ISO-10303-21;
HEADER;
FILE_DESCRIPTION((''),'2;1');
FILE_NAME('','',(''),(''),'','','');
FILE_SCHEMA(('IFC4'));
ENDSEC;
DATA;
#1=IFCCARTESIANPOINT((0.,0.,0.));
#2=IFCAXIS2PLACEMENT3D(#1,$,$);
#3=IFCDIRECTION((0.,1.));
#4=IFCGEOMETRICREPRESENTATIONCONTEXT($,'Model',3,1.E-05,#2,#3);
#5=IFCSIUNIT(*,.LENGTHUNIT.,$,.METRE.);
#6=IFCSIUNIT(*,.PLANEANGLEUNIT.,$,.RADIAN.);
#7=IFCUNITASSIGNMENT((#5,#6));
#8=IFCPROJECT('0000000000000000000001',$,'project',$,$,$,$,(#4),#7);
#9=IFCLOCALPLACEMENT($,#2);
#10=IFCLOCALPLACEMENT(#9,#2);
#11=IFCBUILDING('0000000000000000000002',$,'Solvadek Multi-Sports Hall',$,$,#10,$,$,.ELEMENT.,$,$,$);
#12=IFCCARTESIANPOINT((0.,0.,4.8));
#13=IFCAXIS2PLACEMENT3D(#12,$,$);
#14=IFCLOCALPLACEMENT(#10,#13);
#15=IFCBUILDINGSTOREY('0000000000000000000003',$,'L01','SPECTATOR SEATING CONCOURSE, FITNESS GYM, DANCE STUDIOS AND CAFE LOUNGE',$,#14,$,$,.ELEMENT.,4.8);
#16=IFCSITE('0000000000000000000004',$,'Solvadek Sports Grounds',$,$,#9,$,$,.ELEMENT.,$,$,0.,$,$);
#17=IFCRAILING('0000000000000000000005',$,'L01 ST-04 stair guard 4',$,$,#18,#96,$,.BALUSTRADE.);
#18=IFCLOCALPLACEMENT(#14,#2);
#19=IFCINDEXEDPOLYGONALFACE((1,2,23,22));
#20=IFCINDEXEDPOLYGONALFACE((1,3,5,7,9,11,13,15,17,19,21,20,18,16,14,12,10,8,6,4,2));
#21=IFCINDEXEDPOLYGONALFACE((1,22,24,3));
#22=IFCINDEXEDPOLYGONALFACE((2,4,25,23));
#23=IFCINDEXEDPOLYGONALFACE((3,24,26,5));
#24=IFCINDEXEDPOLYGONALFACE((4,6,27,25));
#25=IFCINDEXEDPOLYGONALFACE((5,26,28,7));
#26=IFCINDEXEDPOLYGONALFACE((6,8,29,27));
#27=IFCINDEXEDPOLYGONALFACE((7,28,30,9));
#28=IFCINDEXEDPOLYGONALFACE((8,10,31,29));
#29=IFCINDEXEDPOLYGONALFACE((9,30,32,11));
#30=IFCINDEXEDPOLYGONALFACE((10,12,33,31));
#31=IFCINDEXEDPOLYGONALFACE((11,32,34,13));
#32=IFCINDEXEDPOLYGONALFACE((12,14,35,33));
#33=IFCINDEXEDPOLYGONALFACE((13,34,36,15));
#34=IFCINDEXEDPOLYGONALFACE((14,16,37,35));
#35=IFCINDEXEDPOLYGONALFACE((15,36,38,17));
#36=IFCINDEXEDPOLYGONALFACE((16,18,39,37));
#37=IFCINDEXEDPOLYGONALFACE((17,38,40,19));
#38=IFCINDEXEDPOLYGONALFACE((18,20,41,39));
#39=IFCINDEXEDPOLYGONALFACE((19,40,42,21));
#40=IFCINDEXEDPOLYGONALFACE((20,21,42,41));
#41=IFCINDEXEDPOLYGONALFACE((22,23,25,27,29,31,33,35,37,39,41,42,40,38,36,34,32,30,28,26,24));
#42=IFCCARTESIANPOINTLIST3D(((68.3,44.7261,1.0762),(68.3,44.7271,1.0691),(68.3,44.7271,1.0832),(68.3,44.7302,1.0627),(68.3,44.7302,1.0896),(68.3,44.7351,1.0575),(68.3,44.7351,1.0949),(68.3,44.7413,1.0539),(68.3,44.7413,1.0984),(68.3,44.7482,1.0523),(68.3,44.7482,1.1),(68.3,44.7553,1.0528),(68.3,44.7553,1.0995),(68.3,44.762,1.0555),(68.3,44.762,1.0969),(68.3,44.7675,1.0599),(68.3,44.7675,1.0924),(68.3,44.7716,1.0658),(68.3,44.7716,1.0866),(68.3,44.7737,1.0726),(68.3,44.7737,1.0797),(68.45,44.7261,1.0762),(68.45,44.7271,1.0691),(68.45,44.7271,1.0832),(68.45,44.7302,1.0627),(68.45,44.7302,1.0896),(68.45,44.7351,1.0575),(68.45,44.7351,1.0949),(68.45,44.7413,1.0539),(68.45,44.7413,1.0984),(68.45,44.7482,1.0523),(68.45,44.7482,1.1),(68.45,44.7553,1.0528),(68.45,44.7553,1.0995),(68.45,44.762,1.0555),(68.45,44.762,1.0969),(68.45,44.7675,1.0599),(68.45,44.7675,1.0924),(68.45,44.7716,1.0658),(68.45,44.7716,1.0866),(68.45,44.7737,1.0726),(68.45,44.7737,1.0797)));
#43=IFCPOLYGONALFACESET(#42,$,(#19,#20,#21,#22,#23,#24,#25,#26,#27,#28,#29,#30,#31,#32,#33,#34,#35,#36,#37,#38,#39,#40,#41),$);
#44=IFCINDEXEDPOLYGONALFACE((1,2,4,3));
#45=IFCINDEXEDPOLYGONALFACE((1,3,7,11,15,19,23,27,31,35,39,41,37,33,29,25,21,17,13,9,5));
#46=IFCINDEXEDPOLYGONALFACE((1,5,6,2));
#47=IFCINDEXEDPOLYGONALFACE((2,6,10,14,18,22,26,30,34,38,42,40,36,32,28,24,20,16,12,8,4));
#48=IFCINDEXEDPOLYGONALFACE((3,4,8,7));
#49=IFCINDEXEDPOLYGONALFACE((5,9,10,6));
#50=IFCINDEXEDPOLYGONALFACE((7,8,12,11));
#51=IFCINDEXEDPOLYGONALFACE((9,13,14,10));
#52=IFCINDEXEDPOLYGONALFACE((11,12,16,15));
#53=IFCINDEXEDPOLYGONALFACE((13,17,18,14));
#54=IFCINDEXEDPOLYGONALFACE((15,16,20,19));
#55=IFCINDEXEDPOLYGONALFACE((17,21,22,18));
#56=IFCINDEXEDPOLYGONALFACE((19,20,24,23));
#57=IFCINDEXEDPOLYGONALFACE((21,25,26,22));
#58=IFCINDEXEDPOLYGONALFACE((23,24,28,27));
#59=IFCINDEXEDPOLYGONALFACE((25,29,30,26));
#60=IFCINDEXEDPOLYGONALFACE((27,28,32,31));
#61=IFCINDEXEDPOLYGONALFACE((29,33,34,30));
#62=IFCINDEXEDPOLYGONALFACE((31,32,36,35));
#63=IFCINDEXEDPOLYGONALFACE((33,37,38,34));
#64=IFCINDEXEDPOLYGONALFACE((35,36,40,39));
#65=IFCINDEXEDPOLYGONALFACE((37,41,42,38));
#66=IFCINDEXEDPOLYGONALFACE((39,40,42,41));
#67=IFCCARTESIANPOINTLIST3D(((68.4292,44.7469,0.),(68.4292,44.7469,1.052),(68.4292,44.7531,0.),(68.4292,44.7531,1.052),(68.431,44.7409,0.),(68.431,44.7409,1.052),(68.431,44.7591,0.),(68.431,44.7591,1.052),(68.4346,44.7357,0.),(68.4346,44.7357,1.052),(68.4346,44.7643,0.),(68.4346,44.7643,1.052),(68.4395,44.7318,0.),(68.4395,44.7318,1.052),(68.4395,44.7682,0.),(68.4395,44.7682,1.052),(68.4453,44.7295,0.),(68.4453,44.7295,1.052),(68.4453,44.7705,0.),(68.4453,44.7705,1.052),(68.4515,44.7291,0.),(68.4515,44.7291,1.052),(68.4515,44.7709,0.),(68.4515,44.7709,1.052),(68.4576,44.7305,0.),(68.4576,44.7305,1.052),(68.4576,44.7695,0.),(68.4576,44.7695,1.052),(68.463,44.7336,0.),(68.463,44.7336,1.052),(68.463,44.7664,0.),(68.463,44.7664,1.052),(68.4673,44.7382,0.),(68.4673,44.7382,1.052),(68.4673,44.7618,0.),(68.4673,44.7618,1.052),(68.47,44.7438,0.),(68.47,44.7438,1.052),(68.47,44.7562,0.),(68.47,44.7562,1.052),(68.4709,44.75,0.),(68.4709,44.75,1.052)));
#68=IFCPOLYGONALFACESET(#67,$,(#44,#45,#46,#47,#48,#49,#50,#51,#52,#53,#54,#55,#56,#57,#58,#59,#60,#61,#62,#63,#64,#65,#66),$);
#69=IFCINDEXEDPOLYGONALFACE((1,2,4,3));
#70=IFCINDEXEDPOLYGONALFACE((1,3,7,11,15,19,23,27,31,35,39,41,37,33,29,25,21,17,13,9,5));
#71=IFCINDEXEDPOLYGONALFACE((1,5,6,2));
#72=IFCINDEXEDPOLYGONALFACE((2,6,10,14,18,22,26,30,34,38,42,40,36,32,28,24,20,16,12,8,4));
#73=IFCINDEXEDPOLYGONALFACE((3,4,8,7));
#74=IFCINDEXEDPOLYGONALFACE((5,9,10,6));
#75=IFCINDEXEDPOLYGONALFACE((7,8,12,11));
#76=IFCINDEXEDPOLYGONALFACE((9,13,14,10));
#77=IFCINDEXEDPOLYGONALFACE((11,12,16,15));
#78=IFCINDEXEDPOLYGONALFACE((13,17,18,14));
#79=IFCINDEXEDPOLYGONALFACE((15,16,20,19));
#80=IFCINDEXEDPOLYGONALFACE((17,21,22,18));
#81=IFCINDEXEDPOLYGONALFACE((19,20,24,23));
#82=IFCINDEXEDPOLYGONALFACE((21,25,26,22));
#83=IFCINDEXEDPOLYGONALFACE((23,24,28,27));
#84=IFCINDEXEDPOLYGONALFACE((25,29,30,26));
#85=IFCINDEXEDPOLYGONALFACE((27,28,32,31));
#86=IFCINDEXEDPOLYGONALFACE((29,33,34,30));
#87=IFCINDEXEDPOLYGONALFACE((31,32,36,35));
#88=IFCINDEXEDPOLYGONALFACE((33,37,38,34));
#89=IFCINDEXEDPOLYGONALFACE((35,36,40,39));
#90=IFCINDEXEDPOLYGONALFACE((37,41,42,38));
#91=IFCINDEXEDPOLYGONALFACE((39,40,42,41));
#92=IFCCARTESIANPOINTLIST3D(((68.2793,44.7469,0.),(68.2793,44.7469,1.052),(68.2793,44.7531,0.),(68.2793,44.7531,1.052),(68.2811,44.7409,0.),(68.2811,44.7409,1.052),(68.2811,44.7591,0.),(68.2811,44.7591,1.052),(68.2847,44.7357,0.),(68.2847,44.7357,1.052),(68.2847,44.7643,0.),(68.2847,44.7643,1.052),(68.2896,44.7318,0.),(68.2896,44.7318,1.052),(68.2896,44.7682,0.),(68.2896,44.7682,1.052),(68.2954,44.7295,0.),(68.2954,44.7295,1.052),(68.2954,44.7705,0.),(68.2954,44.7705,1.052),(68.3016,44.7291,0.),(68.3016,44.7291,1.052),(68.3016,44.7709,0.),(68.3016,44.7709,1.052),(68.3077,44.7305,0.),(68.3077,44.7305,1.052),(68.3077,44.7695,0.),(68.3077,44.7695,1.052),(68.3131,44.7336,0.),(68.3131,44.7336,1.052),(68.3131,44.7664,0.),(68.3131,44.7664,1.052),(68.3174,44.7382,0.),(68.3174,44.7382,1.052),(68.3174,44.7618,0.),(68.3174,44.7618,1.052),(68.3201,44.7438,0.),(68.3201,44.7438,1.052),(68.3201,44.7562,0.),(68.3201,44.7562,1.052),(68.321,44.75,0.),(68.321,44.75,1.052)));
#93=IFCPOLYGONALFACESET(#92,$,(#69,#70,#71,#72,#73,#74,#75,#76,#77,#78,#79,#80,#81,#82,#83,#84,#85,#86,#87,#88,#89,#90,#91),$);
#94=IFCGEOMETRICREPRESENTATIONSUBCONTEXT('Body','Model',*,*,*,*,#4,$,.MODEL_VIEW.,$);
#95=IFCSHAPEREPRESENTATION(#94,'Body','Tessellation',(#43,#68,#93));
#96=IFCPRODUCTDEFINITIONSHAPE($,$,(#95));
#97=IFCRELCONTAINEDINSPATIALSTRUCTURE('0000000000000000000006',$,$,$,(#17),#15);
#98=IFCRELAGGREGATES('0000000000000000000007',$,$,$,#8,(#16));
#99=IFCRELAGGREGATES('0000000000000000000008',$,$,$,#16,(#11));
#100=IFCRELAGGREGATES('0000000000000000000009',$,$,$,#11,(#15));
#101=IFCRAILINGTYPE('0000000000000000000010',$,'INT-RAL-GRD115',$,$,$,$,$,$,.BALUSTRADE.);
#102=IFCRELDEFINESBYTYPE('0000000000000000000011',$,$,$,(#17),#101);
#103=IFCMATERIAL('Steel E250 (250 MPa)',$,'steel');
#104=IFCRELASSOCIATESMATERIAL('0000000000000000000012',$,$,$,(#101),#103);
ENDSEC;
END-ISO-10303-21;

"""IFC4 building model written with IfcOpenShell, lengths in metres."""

from ifc_helpers import new_model, si_unit, direction, frame, origin, origin_2d, place, context, subcontext, project, spatial, circle, extrude, material, type_object, element, save


model = new_model("IFC4")

# Units and contexts
model_context = context("Model", 3, precision=1e-05, world=origin(), true_north=direction((0.0, 1.0)))
body_context = subcontext(model_context, "Body", "Model", "MODEL_VIEW")
ifc_project = project(units=[si_unit("LENGTHUNIT", "METRE"), si_unit("PLANEANGLEUNIT", "RADIAN")], contexts=[model_context])

# Site, building, storey
site_placement = place(None, origin())
site = spatial("IfcSite", under=ifc_project, at=site_placement, Name="Solvadek Sports Grounds", CompositionType="ELEMENT", RefElevation=0.0)
building_placement = place(site_placement, origin())
building = spatial("IfcBuilding", under=site, at=building_placement, Name="Solvadek Multi-Sports Hall", CompositionType="ELEMENT")
storey_placement = place(building_placement, frame((0.0, 0.0, 4.8)))
storey = spatial("IfcBuildingStorey", under=building, at=storey_placement, Name="L01", Description="SPECTATOR SEATING CONCOURSE, FITNESS GYM, DANCE STUDIOS AND CAFE LOUNGE", CompositionType="ELEMENT", Elevation=4.8)

# Railing
ifc_material_1 = material(Name="Steel E250 (250 MPa)", Category="steel")
railing_type_1 = type_object("IfcRailingType", Name="INT-RAL-GRD115", PredefinedType="BALUSTRADE", material=ifc_material_1)
railing_1_placement = place(storey_placement, frame((68.45, 44.75, 0.0)))
element("IfcRailing", 1, at=railing_1_placement, inside=storey, type_object=railing_type_1, Name="L01 ST-04 stair guard 4", PredefinedType="BALUSTRADE", context=body_context, shape_type="SweptSolid", body=[
    extrude(circle(Radius=0.0239, at=origin_2d()), frame((0.0, 0.0, 1.0762), z_axis=(-1.0, 0.0, 0.0), x_axis=(0.0, -1.0, 0.0)), (0.0, 0.0, 1.0), 0.1499),
    extrude(circle(Radius=0.021, at=origin_2d()), origin(), (0.0, 0.0, 1.0), 1.052),
    extrude(circle(Radius=0.021, at=origin_2d()), frame((-0.1499, 0.0, 0.0)), (0.0, 0.0, 1.0), 1.052),
])

save(model, "model.ifc")
